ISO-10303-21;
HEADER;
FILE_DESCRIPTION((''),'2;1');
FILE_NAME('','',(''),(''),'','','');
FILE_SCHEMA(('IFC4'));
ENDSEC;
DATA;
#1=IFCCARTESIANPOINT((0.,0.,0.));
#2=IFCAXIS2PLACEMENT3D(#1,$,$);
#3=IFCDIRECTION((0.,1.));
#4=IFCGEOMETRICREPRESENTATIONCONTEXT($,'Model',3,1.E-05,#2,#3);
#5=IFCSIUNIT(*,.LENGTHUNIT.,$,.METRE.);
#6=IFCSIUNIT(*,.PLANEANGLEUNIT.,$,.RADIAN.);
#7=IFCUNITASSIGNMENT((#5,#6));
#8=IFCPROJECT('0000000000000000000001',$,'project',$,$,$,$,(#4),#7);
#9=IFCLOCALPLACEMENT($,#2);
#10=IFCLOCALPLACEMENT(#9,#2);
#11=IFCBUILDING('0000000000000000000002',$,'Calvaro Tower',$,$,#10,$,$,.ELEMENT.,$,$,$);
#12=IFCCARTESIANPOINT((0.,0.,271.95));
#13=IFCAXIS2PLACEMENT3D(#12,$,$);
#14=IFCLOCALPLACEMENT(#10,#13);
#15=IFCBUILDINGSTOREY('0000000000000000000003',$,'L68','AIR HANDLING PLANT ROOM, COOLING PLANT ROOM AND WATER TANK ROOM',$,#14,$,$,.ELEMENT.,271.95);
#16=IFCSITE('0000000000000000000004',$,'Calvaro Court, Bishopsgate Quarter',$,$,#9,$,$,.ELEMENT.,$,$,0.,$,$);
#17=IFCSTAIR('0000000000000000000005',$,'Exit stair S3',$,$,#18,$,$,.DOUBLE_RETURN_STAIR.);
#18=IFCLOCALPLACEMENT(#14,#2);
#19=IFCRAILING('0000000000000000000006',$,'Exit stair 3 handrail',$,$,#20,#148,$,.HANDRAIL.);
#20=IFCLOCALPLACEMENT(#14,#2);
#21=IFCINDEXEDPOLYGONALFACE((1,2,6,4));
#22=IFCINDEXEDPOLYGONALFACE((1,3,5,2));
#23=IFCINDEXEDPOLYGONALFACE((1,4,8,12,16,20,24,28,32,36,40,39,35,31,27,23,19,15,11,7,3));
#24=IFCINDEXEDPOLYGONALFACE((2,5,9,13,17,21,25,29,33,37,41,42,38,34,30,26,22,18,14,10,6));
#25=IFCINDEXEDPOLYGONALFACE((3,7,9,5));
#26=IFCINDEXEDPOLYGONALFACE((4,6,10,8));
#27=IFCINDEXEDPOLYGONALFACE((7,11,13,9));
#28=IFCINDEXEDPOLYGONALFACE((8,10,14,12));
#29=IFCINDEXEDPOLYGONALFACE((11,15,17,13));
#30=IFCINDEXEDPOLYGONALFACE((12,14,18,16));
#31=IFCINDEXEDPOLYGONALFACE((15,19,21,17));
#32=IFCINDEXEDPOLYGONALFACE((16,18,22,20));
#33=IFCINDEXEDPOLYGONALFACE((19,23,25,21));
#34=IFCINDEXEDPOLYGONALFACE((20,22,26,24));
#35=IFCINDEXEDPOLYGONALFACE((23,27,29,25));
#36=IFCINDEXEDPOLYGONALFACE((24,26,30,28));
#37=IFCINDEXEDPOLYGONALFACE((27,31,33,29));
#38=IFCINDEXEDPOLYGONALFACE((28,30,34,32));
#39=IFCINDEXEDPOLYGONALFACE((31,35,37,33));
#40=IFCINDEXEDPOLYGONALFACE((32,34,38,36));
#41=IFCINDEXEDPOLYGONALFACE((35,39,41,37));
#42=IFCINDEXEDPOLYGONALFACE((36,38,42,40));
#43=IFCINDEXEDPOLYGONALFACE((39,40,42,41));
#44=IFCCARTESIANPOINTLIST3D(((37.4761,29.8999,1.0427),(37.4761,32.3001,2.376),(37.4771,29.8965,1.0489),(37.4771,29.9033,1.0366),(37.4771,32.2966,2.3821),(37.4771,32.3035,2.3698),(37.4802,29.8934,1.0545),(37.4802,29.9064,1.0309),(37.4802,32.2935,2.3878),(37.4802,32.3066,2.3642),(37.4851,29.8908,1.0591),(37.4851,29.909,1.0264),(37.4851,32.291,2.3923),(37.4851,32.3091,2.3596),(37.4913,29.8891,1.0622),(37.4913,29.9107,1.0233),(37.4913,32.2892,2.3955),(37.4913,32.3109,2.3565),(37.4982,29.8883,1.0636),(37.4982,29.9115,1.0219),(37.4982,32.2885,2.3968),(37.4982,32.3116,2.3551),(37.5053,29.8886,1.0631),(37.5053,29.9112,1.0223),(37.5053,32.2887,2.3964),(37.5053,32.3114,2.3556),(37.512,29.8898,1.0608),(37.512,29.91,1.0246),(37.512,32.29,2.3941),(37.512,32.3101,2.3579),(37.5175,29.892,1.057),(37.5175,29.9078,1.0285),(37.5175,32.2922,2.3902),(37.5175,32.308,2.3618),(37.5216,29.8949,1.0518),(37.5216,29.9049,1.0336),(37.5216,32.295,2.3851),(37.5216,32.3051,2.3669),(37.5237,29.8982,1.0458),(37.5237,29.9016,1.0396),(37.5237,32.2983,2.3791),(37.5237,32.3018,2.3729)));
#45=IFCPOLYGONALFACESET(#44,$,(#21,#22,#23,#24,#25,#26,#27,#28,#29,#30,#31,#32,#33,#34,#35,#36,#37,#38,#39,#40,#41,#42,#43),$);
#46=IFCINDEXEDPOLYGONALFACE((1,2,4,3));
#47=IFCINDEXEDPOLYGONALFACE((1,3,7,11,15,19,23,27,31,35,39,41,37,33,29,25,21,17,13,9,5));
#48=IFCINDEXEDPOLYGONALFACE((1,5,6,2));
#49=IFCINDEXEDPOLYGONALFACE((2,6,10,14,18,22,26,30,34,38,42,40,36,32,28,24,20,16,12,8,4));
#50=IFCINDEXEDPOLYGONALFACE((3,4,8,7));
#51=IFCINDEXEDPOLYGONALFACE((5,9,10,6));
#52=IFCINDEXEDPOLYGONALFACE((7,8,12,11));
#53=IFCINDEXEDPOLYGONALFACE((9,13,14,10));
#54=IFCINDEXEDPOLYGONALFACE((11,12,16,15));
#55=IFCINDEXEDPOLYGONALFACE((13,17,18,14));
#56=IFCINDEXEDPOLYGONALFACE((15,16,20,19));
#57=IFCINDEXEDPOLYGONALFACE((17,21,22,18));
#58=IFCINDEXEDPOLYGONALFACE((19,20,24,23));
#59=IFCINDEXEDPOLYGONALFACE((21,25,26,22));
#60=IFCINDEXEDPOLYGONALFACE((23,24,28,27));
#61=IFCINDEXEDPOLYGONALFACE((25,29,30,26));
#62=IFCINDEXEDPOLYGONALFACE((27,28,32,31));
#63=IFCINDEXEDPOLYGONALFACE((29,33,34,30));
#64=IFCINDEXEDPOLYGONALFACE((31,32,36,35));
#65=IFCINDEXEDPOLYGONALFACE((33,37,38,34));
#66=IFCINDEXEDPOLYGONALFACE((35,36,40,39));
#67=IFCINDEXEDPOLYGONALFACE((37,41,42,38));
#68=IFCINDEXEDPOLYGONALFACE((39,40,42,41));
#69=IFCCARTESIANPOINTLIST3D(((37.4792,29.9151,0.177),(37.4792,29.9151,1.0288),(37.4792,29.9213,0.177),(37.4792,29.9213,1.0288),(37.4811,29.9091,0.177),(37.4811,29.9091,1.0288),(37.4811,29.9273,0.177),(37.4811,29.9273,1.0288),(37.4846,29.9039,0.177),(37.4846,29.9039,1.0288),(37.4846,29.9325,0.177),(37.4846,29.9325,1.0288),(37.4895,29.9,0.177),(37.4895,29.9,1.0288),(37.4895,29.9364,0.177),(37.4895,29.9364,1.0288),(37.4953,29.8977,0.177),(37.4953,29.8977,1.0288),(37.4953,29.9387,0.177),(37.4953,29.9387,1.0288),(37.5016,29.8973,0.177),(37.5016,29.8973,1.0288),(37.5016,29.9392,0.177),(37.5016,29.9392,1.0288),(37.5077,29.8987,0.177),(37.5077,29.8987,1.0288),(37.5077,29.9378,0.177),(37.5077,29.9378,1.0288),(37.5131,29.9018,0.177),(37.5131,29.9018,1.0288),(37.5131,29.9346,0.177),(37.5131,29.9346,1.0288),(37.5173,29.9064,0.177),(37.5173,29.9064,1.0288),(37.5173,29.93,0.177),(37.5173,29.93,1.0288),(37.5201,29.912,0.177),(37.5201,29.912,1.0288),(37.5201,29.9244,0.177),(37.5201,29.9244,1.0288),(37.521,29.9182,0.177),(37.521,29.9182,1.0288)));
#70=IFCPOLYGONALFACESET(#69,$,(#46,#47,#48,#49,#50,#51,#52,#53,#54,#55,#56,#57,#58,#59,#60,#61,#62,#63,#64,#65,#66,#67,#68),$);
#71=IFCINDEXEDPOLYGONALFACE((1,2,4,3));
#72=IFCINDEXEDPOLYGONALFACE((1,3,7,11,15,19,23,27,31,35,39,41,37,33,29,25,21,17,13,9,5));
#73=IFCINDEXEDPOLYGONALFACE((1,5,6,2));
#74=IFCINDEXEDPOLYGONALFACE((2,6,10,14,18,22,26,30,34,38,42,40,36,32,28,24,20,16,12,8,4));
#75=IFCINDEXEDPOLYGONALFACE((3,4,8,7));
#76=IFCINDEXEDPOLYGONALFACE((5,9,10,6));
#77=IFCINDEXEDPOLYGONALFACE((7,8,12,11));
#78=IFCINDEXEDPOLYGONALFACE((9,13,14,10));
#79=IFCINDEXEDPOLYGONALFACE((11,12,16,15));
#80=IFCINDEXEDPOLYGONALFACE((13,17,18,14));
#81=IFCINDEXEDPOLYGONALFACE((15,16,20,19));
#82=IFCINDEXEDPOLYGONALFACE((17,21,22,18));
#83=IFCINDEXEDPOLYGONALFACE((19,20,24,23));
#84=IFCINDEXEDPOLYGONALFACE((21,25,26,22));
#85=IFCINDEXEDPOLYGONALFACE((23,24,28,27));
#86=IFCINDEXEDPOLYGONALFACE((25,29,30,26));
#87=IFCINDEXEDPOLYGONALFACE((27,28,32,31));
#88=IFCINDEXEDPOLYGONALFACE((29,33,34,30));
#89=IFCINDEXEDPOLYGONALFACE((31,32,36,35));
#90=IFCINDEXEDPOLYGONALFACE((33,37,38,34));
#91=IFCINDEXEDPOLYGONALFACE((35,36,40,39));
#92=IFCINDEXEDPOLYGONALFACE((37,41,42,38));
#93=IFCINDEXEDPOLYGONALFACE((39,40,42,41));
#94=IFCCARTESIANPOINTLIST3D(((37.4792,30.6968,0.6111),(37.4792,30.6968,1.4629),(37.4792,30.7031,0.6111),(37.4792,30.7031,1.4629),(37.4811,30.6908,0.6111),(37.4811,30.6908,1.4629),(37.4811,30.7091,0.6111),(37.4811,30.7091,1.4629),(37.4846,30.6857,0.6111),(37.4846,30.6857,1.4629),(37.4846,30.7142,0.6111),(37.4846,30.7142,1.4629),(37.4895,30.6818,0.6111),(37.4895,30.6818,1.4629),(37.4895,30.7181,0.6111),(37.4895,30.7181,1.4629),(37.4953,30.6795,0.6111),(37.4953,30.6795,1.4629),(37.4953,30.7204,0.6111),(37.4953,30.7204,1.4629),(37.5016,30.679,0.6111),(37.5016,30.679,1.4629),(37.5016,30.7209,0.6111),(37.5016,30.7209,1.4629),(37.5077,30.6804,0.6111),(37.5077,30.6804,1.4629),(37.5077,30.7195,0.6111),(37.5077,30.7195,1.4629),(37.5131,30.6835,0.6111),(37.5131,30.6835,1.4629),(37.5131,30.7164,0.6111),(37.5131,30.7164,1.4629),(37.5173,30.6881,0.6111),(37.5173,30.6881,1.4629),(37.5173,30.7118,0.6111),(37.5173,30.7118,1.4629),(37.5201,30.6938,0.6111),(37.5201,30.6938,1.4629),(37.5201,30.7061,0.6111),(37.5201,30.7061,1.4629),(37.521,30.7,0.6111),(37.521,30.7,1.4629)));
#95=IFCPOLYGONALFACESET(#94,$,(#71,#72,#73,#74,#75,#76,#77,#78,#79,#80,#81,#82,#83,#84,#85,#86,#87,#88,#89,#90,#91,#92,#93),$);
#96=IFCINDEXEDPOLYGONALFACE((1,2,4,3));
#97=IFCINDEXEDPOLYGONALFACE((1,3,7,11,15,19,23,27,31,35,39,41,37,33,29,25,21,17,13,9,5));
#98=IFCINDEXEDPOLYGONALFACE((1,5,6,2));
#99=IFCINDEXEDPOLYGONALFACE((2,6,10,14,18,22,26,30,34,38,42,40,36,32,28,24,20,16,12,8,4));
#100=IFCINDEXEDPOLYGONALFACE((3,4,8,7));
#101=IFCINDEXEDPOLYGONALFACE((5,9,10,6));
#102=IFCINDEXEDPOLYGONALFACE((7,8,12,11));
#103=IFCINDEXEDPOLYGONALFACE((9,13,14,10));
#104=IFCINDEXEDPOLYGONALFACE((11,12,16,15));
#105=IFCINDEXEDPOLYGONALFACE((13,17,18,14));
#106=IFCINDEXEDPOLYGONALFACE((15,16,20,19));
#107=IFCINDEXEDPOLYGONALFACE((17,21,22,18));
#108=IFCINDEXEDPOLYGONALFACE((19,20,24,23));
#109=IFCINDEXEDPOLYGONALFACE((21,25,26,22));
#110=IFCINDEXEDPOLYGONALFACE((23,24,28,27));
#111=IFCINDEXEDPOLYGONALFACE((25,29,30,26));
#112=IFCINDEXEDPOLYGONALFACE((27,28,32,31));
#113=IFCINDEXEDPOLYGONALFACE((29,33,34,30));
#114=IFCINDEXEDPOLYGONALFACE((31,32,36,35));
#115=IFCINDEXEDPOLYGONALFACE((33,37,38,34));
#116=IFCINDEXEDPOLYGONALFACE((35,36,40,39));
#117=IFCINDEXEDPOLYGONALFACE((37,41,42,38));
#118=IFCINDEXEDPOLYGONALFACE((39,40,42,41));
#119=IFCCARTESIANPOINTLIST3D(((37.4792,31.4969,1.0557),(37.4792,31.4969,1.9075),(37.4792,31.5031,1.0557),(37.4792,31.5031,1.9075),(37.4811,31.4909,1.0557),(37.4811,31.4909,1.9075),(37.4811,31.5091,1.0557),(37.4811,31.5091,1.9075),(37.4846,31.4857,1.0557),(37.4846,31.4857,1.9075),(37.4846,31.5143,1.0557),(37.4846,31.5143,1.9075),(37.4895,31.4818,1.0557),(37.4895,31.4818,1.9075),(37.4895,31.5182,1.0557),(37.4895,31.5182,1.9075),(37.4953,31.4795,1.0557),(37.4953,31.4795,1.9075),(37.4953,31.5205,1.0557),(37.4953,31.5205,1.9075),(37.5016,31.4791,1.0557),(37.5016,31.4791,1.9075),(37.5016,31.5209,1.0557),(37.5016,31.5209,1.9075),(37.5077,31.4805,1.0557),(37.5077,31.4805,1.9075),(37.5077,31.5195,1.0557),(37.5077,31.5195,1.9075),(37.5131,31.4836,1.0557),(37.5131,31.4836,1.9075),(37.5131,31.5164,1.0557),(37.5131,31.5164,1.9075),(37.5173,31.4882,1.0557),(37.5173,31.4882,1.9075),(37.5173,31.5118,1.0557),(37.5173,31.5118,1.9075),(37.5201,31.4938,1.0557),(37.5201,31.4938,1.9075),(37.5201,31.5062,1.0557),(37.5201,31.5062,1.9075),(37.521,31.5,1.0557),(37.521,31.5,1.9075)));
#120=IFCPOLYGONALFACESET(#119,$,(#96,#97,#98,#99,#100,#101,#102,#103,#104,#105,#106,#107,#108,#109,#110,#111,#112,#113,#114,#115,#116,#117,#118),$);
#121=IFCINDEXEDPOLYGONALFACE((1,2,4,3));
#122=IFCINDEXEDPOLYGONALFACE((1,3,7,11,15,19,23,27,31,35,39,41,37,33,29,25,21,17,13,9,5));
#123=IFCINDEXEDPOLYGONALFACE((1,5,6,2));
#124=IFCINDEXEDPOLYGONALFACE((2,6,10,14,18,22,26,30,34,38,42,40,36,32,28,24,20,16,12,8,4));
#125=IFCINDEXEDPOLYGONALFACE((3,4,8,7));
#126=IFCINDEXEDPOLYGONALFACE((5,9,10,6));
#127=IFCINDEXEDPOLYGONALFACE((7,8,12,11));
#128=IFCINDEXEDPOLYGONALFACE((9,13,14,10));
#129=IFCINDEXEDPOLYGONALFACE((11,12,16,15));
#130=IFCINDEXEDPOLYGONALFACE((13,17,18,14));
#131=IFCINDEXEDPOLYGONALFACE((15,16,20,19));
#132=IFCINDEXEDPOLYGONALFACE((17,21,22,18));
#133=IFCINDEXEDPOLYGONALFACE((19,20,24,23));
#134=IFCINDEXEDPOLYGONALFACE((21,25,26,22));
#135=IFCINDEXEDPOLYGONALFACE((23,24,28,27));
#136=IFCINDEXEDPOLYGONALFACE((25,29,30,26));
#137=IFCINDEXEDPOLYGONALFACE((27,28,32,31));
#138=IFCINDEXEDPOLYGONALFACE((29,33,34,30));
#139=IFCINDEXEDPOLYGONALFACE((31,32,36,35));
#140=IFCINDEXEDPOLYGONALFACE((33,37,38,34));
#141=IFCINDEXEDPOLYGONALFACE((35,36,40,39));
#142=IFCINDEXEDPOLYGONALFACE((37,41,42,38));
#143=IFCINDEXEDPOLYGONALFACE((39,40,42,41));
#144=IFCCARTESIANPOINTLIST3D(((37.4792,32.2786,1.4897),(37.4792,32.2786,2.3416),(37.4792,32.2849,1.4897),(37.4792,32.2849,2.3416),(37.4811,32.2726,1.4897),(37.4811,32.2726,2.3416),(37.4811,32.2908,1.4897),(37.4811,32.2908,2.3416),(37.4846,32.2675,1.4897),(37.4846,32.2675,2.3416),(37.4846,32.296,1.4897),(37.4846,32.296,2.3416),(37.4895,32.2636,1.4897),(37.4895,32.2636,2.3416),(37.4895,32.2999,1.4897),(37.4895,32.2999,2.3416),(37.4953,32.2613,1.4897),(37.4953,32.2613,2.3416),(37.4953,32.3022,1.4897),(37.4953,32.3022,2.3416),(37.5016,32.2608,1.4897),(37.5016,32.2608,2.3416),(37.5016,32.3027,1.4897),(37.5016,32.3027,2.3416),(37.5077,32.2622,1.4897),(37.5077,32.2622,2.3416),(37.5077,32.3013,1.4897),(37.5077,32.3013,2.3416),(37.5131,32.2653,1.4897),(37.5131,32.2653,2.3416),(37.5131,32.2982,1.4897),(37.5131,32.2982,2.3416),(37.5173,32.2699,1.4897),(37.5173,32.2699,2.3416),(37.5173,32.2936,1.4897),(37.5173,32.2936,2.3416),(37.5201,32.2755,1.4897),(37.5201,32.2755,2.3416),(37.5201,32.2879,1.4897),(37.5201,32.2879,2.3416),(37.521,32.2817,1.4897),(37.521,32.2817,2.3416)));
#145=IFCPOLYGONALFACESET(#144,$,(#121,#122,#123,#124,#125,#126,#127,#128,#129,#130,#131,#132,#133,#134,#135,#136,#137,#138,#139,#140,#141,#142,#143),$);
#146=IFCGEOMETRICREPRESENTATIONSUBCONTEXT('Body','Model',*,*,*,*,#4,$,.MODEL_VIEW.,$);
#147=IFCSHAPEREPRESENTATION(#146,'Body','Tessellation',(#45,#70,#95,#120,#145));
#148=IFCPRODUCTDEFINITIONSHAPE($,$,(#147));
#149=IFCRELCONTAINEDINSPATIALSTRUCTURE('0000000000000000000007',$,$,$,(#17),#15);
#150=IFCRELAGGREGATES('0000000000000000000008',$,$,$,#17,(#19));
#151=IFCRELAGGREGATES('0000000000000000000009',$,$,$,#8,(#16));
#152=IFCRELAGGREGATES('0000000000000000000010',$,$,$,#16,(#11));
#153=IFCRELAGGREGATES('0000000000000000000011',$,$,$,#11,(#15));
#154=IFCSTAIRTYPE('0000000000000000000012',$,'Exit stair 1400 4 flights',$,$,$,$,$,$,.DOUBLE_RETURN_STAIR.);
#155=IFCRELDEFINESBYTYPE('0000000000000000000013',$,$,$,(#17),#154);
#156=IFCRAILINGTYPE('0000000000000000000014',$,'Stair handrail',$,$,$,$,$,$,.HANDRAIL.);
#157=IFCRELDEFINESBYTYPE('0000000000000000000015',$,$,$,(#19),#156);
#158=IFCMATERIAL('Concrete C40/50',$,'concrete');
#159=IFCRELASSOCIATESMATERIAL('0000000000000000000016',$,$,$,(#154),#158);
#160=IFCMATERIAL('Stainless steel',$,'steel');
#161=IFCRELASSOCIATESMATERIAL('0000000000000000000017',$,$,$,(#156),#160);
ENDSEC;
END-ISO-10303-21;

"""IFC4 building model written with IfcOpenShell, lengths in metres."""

from ifc_helpers import new_model, si_unit, direction, frame, origin, origin_2d, place, context, subcontext, project, spatial, circle, extrude, material, type_object, element, aggregate, save


model = new_model("IFC4")

# Units and contexts
model_context = context("Model", 3, precision=1e-05, world=origin(), true_north=direction((0.0, 1.0)))
body_context = subcontext(model_context, "Body", "Model", "MODEL_VIEW")
ifc_project = project(units=[si_unit("LENGTHUNIT", "METRE"), si_unit("PLANEANGLEUNIT", "RADIAN")], contexts=[model_context])

# Site, building, storey
site_placement = place(None, origin())
site = spatial("IfcSite", under=ifc_project, at=site_placement, Name="Calvaro Court, Bishopsgate Quarter", CompositionType="ELEMENT", RefElevation=0.0)
building_placement = place(site_placement, origin())
building = spatial("IfcBuilding", under=site, at=building_placement, Name="Calvaro Tower", CompositionType="ELEMENT")
storey_placement = place(building_placement, frame((0.0, 0.0, 271.95)))
storey = spatial("IfcBuildingStorey", under=building, at=storey_placement, Name="L68", Description="AIR HANDLING PLANT ROOM, COOLING PLANT ROOM AND WATER TANK ROOM", CompositionType="ELEMENT", Elevation=271.95)

# Stair
ifc_material_1 = material(Name="Concrete C40/50", Category="concrete")
stair_type = type_object("IfcStairType", Name="Exit stair 1400 4 flights", PredefinedType="DOUBLE_RETURN_STAIR", material=ifc_material_1)
stair_placement = place(storey_placement, origin())
stair = element("IfcStair", 1, at=stair_placement, inside=storey, type_object=stair_type, Name="Exit stair S3", PredefinedType="DOUBLE_RETURN_STAIR")

# Railing
ifc_material_2 = material(Name="Stainless steel", Category="steel")
railing_type = type_object("IfcRailingType", Name="Stair handrail", PredefinedType="HANDRAIL", material=ifc_material_2)
railing_1_placement = place(storey_placement, frame((37.5, 29.8999, 0.1667)))
railing_1 = element("IfcRailing", 2, at=railing_1_placement, type_object=railing_type, Name="Exit stair 3 handrail", PredefinedType="HANDRAIL", context=body_context, shape_type="SweptSolid", body=[
    extrude(circle(Radius=0.0239, at=origin_2d()), frame((0.0, 0.0, 0.876), z_axis=(0.0, 0.874182, 0.485598), x_axis=(-1.0, 0.0, 0.0)), (0.0, 0.0, 1.0), 2.7456),
    extrude(circle(Radius=0.021, at=origin_2d()), frame((0.0, 0.0183, 0.0103)), (0.0, 0.0, 1.0), 0.8518),
    extrude(circle(Radius=0.021, at=origin_2d()), frame((0.0, 0.8, 0.4443)), (0.0, 0.0, 1.0), 0.8518),
    extrude(circle(Radius=0.021, at=origin_2d()), frame((0.0, 1.6001, 0.8889)), (0.0, 0.0, 1.0), 0.8518),
    extrude(circle(Radius=0.021, at=origin_2d()), frame((0.0, 2.3818, 1.323)), (0.0, 0.0, 1.0), 0.8518),
])
aggregate(stair, [railing_1])

save(model, "model.ifc")
